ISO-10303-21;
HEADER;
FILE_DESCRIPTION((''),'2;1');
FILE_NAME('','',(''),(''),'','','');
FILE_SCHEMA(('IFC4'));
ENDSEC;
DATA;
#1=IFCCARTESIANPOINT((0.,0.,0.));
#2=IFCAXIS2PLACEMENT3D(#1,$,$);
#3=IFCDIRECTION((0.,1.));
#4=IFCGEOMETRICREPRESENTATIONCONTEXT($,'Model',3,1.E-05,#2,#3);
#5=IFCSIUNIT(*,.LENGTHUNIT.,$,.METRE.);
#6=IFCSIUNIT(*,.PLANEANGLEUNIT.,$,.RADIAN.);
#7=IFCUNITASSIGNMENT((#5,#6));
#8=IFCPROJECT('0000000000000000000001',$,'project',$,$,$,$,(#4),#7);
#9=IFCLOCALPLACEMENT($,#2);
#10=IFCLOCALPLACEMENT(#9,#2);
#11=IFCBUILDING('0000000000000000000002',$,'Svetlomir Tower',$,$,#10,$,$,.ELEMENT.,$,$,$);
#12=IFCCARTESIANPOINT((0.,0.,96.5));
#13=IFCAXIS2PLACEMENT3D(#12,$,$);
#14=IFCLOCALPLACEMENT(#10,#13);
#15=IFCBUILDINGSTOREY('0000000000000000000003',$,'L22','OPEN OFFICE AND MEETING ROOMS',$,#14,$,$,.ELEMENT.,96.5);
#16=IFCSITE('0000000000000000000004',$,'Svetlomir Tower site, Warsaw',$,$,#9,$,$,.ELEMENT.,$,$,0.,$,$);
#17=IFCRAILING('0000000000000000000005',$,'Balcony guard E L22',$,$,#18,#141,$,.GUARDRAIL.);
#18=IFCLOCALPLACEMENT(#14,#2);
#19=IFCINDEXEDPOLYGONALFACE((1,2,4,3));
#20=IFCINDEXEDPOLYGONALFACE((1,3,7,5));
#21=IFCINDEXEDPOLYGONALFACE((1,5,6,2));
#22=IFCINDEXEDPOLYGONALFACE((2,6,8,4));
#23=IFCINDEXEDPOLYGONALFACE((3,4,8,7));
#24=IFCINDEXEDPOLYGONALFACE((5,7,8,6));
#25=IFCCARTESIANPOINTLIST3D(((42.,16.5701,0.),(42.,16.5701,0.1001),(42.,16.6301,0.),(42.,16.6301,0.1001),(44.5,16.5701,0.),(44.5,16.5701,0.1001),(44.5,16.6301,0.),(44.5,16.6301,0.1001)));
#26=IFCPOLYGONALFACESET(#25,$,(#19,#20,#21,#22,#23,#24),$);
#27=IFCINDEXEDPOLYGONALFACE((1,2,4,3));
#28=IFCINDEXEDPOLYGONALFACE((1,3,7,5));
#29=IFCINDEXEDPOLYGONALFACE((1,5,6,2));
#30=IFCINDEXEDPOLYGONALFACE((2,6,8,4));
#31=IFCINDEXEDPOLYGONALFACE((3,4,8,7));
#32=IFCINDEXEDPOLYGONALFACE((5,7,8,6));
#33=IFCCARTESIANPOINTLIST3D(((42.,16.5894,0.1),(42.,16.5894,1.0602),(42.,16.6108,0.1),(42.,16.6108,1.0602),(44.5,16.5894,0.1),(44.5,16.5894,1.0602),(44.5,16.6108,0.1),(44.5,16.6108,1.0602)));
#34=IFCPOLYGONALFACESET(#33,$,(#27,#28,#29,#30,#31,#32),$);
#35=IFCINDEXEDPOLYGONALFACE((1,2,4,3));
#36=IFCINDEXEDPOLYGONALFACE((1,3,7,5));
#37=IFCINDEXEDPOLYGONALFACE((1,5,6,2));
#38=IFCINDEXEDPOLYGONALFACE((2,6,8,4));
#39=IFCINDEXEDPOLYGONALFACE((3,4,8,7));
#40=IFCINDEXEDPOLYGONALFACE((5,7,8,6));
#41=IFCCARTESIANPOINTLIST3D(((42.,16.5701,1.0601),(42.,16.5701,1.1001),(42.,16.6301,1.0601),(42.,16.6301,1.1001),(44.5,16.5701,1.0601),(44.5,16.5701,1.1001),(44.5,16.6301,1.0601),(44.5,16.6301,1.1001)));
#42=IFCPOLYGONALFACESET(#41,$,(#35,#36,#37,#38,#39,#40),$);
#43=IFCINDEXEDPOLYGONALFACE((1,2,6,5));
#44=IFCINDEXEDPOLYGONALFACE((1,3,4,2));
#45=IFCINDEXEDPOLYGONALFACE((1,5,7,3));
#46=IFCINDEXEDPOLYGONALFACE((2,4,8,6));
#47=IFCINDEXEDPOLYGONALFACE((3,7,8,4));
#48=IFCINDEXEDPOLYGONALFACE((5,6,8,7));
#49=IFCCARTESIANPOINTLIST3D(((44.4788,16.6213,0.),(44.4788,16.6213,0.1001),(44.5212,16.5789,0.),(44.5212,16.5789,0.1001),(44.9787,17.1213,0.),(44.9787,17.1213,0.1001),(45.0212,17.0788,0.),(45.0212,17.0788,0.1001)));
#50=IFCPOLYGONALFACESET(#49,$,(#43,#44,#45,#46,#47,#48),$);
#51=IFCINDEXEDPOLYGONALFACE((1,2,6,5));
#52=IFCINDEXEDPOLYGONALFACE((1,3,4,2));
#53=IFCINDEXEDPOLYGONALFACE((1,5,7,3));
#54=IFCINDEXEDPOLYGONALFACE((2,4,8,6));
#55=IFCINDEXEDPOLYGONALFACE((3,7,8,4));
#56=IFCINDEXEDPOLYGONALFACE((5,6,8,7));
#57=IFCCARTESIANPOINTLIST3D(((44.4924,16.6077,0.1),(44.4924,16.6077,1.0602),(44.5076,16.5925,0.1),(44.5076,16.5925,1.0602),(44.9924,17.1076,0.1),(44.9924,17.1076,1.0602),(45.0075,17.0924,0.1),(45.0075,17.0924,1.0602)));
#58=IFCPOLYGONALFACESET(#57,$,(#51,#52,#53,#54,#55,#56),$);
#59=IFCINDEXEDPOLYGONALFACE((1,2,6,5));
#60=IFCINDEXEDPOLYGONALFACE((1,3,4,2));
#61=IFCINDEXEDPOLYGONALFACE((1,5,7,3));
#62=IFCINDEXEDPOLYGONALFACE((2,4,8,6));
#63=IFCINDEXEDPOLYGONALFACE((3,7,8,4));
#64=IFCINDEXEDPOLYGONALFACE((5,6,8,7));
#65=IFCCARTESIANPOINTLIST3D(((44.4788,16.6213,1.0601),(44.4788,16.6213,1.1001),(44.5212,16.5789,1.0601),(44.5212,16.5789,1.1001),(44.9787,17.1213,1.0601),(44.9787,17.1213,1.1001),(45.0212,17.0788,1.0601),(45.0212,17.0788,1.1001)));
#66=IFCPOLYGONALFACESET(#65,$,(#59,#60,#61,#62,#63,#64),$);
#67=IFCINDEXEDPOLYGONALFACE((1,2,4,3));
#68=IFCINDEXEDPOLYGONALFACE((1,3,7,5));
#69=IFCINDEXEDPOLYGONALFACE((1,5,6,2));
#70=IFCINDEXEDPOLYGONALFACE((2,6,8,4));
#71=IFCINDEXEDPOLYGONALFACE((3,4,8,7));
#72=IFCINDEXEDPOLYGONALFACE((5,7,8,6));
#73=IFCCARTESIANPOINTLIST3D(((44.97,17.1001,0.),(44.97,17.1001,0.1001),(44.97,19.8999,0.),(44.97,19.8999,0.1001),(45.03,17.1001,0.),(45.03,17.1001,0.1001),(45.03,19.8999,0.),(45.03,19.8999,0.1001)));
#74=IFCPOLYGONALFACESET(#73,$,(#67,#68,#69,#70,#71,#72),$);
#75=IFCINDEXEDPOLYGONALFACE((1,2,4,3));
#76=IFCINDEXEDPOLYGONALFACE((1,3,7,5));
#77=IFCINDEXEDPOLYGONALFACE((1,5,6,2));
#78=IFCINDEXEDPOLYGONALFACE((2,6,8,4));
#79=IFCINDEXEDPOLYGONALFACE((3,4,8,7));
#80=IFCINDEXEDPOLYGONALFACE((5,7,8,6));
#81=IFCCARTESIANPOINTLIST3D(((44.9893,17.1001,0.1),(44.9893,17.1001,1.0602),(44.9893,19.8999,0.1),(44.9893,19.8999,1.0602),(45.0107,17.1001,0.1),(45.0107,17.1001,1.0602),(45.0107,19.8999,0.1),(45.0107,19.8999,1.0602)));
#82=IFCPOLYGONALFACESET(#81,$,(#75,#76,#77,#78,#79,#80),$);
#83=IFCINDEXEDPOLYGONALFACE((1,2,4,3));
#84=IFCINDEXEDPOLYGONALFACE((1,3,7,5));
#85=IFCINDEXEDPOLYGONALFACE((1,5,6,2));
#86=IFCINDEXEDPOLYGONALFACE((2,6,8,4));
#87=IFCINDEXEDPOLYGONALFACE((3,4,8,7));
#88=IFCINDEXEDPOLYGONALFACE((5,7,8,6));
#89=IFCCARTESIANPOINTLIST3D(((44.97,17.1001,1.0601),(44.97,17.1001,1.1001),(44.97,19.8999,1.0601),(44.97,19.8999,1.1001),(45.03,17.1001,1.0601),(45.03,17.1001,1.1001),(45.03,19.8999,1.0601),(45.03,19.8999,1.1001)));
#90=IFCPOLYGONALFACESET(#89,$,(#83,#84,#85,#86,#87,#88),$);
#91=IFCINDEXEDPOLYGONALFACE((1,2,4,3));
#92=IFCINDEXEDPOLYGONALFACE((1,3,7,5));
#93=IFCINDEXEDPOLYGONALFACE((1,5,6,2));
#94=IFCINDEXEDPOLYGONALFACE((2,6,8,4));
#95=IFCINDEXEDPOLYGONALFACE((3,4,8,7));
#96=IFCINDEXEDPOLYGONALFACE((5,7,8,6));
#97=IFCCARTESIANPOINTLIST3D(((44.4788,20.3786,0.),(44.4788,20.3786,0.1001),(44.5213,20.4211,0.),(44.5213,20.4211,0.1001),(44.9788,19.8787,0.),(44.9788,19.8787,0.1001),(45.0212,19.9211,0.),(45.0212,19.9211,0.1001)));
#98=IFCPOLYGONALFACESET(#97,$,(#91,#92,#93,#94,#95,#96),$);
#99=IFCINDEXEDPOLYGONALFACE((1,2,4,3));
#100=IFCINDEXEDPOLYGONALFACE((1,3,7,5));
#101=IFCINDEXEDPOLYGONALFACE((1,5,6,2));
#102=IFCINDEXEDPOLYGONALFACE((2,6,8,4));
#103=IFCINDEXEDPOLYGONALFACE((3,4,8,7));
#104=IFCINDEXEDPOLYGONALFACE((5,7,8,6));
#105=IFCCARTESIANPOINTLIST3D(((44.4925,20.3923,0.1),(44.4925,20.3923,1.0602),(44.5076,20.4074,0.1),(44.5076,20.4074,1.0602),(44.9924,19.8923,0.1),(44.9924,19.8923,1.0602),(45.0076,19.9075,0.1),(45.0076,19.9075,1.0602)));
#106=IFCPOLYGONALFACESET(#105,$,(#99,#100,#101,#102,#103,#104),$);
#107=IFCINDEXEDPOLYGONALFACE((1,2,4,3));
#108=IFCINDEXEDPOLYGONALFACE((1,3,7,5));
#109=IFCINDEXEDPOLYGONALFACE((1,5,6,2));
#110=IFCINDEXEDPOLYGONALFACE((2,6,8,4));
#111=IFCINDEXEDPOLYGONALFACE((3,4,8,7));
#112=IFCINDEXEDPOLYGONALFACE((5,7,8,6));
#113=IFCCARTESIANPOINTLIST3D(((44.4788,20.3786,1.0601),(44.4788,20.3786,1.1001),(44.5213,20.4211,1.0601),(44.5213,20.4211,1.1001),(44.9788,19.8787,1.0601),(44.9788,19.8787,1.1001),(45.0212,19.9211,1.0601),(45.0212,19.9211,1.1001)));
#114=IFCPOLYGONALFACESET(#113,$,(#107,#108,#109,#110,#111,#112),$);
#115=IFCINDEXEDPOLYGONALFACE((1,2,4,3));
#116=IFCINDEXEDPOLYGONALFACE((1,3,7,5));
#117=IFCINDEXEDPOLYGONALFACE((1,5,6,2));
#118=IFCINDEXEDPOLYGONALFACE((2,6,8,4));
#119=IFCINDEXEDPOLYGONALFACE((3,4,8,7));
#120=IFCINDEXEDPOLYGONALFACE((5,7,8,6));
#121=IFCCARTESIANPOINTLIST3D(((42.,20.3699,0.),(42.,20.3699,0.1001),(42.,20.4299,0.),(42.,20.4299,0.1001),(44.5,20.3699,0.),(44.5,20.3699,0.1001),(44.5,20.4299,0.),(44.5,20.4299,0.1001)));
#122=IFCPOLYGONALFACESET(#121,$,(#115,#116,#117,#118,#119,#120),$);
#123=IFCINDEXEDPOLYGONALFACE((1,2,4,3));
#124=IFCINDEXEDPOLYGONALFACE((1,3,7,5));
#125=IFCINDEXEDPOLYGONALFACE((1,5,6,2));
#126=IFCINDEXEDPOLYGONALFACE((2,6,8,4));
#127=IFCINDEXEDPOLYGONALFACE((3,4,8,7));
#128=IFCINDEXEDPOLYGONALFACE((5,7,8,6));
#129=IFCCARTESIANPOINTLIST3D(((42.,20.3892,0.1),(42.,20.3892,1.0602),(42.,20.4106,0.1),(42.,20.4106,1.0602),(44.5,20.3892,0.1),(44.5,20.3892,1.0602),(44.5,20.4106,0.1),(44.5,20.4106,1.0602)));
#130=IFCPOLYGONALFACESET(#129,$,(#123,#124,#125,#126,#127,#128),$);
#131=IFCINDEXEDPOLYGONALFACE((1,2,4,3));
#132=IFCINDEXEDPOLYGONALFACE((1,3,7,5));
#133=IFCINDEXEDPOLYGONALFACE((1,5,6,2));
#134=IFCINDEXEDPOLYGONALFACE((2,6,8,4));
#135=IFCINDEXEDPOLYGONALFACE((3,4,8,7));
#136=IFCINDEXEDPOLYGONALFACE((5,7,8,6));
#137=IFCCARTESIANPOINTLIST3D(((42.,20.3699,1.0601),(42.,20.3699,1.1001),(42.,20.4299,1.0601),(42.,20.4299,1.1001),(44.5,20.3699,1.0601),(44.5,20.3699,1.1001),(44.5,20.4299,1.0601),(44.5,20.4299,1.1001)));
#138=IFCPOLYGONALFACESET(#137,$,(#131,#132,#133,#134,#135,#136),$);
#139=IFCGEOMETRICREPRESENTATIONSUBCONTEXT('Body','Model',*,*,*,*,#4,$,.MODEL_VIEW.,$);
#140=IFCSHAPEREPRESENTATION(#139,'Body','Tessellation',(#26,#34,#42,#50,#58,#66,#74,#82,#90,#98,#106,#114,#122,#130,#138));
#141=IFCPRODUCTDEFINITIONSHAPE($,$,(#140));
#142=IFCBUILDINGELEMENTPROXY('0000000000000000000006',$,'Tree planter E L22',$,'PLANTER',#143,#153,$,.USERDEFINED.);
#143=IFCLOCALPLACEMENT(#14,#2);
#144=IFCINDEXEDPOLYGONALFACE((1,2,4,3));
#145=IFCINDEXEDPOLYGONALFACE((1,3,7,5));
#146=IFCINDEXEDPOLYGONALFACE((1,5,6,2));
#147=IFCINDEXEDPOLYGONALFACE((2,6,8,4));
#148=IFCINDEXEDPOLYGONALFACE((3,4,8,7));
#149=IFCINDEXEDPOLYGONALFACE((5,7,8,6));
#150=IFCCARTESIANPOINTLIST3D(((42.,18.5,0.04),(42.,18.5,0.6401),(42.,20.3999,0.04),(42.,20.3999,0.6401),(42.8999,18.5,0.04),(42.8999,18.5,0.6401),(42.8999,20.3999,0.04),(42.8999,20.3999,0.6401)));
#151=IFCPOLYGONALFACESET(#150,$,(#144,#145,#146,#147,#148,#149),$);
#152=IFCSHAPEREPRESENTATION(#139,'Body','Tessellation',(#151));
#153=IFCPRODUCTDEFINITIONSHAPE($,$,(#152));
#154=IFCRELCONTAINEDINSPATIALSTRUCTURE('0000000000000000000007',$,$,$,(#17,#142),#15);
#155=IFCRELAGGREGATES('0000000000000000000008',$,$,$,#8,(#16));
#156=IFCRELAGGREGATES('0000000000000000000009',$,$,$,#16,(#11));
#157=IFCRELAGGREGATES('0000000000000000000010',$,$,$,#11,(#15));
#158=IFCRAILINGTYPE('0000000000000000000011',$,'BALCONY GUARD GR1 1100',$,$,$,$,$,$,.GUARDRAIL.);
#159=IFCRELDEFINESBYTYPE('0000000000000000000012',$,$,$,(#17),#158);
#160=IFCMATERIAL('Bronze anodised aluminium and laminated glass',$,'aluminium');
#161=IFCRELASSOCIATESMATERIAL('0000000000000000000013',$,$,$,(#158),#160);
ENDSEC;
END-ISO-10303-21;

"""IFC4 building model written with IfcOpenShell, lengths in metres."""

from ifc_helpers import new_model, si_unit, direction, frame, origin, origin_2d, place, context, subcontext, project, spatial, rectangle, extrude, material, type_object, element, save


model = new_model("IFC4")

# Units and contexts
model_context = context("Model", 3, precision=1e-05, world=origin(), true_north=direction((0.0, 1.0)))
body_context = subcontext(model_context, "Body", "Model", "MODEL_VIEW")
ifc_project = project(units=[si_unit("LENGTHUNIT", "METRE"), si_unit("PLANEANGLEUNIT", "RADIAN")], contexts=[model_context])

# Site, building, storey
site_placement = place(None, origin())
site = spatial("IfcSite", under=ifc_project, at=site_placement, Name="Svetlomir Tower site, Warsaw", CompositionType="ELEMENT", RefElevation=0.0)
building_placement = place(site_placement, origin())
building = spatial("IfcBuilding", under=site, at=building_placement, Name="Svetlomir Tower", CompositionType="ELEMENT")
storey_placement = place(building_placement, frame((0.0, 0.0, 96.5)))
storey = spatial("IfcBuildingStorey", under=building, at=storey_placement, Name="L22", Description="OPEN OFFICE AND MEETING ROOMS", CompositionType="ELEMENT", Elevation=96.5)

# Railing
ifc_material_1 = material(Name="Bronze anodised aluminium and laminated glass", Category="aluminium")
railing_type = type_object("IfcRailingType", Name="BALCONY GUARD GR1 1100", PredefinedType="GUARDRAIL", material=ifc_material_1)
railing_placement = place(storey_placement, frame((42.0, 16.6001, 0.0)))
element("IfcRailing", 1, at=railing_placement, inside=storey, type_object=railing_type, Name="Balcony guard E L22", PredefinedType="GUARDRAIL", context=body_context, shape_type="SweptSolid", body=[
    extrude(rectangle(XDim=0.0601, YDim=0.1001, at=origin_2d()), frame((0.0, 0.0, 0.05), z_axis=(1.0, 0.0, 0.0), x_axis=(0.0, 1.0, 0.0)), (0.0, 0.0, 1.0), 2.5),
    extrude(rectangle(XDim=0.0215, YDim=0.9602, at=origin_2d()), frame((0.0, 0.0, 0.5801), z_axis=(1.0, 0.0, 0.0), x_axis=(0.0, 1.0, 0.0)), (0.0, 0.0, 1.0), 2.5),
    extrude(rectangle(XDim=0.0601, YDim=0.04, at=origin_2d()), frame((0.0, 0.0, 1.0801), z_axis=(1.0, 0.0, 0.0), x_axis=(0.0, 1.0, 0.0)), (0.0, 0.0, 1.0), 2.5),
    extrude(rectangle(XDim=0.0601, YDim=0.1001, at=origin_2d()), frame((2.5, 0.0, 0.05), z_axis=(0.707107, 0.707107, 0.0), x_axis=(-0.707107, 0.707107, 0.0)), (0.0, 0.0, 1.0), 0.707),
    extrude(rectangle(XDim=0.0215, YDim=0.9602, at=origin_2d()), frame((2.5, 0.0, 0.5801), z_axis=(0.707107, 0.707107, 0.0), x_axis=(-0.707107, 0.707107, 0.0)), (0.0, 0.0, 1.0), 0.707),
    extrude(rectangle(XDim=0.0601, YDim=0.04, at=origin_2d()), frame((2.5, 0.0, 1.0801), z_axis=(0.707107, 0.707107, 0.0), x_axis=(-0.707107, 0.707107, 0.0)), (0.0, 0.0, 1.0), 0.707),
    extrude(rectangle(XDim=0.0601, YDim=0.1001, at=origin_2d()), frame((3.0, 0.5, 0.05), z_axis=(0.0, 1.0, 0.0), x_axis=(-1.0, 0.0, 0.0)), (0.0, 0.0, 1.0), 2.7998),
    extrude(rectangle(XDim=0.0215, YDim=0.9602, at=origin_2d()), frame((3.0, 0.5, 0.5801), z_axis=(0.0, 1.0, 0.0), x_axis=(-1.0, 0.0, 0.0)), (0.0, 0.0, 1.0), 2.7998),
    extrude(rectangle(XDim=0.0601, YDim=0.04, at=origin_2d()), frame((3.0, 0.5, 1.0801), z_axis=(0.0, 1.0, 0.0), x_axis=(-1.0, 0.0, 0.0)), (0.0, 0.0, 1.0), 2.7998),
    extrude(rectangle(XDim=0.0601, YDim=0.1001, at=origin_2d()), frame((3.0, 3.2998, 0.05), z_axis=(-0.707107, 0.707107, 0.0), x_axis=(-0.707107, -0.707107, 0.0)), (0.0, 0.0, 1.0), 0.707),
    extrude(rectangle(XDim=0.0215, YDim=0.9602, at=origin_2d()), frame((3.0, 3.2998, 0.5801), z_axis=(-0.707107, 0.707107, 0.0), x_axis=(-0.707107, -0.707107, 0.0)), (0.0, 0.0, 1.0), 0.707),
    extrude(rectangle(XDim=0.0601, YDim=0.04, at=origin_2d()), frame((3.0, 3.2998, 1.0801), z_axis=(-0.707107, 0.707107, 0.0), x_axis=(-0.707107, -0.707107, 0.0)), (0.0, 0.0, 1.0), 0.707),
    extrude(rectangle(XDim=0.0601, YDim=0.1001, at=origin_2d()), frame((2.5, 3.7998, 0.05), z_axis=(-1.0, 0.0, 0.0), x_axis=(0.0, -1.0, 0.0)), (0.0, 0.0, 1.0), 2.5),
    extrude(rectangle(XDim=0.0215, YDim=0.9602, at=origin_2d()), frame((2.5, 3.7998, 0.5801), z_axis=(-1.0, 0.0, 0.0), x_axis=(0.0, -1.0, 0.0)), (0.0, 0.0, 1.0), 2.5),
    extrude(rectangle(XDim=0.0601, YDim=0.04, at=origin_2d()), frame((2.5, 3.7998, 1.0801), z_axis=(-1.0, 0.0, 0.0), x_axis=(0.0, -1.0, 0.0)), (0.0, 0.0, 1.0), 2.5),
])

# Building element proxy
proxy_placement = place(storey_placement, frame((42.45, 19.45, 0.04), z_axis=(0.0, 0.0, 1.0), x_axis=(1.0, 0.0, 0.0)))
element("IfcBuildingElementProxy", 2, at=proxy_placement, inside=storey, Name="Tree planter E L22", ObjectType="PLANTER", PredefinedType="USERDEFINED", context=body_context, shape_type="SweptSolid", body=[
    extrude(rectangle(XDim=0.8999, YDim=1.8999, at=origin_2d()), origin(), (0.0, 0.0, 1.0), 0.6001),
])

save(model, "model.ifc")
